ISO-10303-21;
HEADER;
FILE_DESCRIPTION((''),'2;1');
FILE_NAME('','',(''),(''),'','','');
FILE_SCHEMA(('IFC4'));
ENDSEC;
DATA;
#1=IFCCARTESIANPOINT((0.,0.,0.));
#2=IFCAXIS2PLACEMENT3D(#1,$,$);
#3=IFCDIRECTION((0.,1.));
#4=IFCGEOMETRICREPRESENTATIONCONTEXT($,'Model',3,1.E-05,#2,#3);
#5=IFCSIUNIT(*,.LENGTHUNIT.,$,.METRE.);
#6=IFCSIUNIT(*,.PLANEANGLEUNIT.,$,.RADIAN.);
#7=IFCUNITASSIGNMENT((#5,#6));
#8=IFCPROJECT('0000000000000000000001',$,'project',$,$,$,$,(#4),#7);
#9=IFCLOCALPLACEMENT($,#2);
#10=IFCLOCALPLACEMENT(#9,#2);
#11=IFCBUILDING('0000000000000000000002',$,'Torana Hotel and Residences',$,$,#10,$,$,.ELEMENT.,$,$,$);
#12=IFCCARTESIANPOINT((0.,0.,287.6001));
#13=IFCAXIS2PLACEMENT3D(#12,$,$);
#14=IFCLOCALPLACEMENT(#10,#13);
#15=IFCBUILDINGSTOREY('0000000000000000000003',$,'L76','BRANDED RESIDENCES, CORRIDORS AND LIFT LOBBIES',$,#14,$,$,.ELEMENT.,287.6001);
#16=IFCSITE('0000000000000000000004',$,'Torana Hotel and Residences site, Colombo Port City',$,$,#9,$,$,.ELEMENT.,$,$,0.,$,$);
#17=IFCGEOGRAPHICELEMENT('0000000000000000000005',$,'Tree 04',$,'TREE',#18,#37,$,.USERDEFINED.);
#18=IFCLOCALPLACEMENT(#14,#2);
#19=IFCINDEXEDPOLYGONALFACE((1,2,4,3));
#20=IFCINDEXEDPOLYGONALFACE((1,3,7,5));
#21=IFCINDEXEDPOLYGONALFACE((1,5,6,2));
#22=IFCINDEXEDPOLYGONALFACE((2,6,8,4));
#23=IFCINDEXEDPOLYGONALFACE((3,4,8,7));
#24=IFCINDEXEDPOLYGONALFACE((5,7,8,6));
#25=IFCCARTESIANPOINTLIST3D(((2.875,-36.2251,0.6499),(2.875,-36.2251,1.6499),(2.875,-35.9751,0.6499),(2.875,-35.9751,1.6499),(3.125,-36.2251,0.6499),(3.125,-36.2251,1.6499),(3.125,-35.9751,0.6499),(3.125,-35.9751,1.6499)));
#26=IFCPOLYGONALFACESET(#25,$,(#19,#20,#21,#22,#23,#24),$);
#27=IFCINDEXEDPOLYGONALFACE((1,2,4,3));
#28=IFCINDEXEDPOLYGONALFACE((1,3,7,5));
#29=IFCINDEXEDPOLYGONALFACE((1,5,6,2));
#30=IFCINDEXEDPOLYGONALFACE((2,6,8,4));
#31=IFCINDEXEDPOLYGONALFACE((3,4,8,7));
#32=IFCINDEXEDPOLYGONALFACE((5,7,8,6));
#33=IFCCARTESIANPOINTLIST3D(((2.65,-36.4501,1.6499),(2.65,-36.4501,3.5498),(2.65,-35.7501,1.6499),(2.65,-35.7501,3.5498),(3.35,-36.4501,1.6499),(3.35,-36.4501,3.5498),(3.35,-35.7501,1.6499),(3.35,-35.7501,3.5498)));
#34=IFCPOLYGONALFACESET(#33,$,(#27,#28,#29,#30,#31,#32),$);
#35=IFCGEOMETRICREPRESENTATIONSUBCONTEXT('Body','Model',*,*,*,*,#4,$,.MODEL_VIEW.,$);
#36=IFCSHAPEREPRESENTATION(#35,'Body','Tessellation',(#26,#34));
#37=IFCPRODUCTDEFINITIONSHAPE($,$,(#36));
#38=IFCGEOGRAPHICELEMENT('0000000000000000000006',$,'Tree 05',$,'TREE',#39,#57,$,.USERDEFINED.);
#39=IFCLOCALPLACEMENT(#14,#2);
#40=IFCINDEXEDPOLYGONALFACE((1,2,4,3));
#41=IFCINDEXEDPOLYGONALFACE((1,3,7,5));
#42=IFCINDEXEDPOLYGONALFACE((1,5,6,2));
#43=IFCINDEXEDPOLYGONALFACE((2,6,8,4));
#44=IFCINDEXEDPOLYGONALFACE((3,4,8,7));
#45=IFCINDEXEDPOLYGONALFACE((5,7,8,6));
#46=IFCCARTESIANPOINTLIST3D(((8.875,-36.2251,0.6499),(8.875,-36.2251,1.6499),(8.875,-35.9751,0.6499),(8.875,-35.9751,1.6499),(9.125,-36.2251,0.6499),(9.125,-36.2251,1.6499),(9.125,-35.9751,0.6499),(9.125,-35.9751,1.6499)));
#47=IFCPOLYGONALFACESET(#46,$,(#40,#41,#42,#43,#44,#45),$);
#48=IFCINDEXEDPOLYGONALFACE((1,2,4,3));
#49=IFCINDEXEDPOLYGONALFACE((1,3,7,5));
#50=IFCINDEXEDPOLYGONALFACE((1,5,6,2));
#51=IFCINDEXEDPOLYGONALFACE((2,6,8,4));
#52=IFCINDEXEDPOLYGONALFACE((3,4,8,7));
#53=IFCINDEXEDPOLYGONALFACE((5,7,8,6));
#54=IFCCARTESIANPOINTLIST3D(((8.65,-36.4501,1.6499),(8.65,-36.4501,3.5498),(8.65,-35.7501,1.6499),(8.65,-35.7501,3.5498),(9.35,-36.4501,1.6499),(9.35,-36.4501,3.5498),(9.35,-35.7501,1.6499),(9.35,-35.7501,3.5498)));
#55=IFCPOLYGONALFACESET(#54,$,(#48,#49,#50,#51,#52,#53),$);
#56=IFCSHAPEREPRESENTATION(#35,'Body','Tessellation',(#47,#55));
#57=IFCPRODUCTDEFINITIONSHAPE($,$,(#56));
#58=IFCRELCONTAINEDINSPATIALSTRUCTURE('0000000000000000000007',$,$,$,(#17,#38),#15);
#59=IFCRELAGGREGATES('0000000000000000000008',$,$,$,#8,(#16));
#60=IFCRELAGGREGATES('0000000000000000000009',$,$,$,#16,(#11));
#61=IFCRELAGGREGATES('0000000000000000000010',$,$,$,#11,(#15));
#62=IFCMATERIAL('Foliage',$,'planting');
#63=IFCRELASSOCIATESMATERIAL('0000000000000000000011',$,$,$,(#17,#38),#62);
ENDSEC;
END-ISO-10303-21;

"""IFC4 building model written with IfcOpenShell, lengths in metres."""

from ifc_helpers import new_model, si_unit, direction, frame, origin, origin_2d, place, context, subcontext, project, spatial, rectangle, extrude, material, element, save


model = new_model("IFC4")

# Units and contexts
model_context = context("Model", 3, precision=1e-05, world=origin(), true_north=direction((0.0, 1.0)))
body_context = subcontext(model_context, "Body", "Model", "MODEL_VIEW")
ifc_project = project(units=[si_unit("LENGTHUNIT", "METRE"), si_unit("PLANEANGLEUNIT", "RADIAN")], contexts=[model_context])

# Site, building, storey
site_placement = place(None, origin())
site = spatial("IfcSite", under=ifc_project, at=site_placement, Name="Torana Hotel and Residences site, Colombo Port City", CompositionType="ELEMENT", RefElevation=0.0)
building_placement = place(site_placement, origin())
building = spatial("IfcBuilding", under=site, at=building_placement, Name="Torana Hotel and Residences", CompositionType="ELEMENT")
storey_placement = place(building_placement, frame((0.0, 0.0, 287.6001)))
storey = spatial("IfcBuildingStorey", under=building, at=storey_placement, Name="L76", Description="BRANDED RESIDENCES, CORRIDORS AND LIFT LOBBIES", CompositionType="ELEMENT", Elevation=287.6001)

# Geographic elements
ifc_material_1 = material(Name="Foliage", Category="planting")
for number, where, z_axis, x_axis, name in (
    (1, (3.0, -36.1001, 0.6499), (0.0, 0.0, 1.0), (1.0, 0.0, 0.0), "Tree 04"),
    (2, (9.0, -36.1001, 0.6499), (0.0, 0.0, 1.0), (1.0, 0.0, 0.0), "Tree 05"),
):
    element("IfcGeographicElement", number, at=place(storey_placement, frame(where, z_axis=z_axis, x_axis=x_axis)), inside=storey, material=ifc_material_1, Name=name, ObjectType="TREE", PredefinedType="USERDEFINED", context=body_context, shape_type="SweptSolid", body=[
        extrude(rectangle(XDim=0.25, YDim=0.25, at=origin_2d()), origin(), (0.0, 0.0, 1.0), 1.0),
        extrude(rectangle(XDim=0.7, YDim=0.7, at=origin_2d()), frame((0.0, 0.0, 1.0)), (0.0, 0.0, 1.0), 1.8999),
    ])

save(model, "model.ifc")
